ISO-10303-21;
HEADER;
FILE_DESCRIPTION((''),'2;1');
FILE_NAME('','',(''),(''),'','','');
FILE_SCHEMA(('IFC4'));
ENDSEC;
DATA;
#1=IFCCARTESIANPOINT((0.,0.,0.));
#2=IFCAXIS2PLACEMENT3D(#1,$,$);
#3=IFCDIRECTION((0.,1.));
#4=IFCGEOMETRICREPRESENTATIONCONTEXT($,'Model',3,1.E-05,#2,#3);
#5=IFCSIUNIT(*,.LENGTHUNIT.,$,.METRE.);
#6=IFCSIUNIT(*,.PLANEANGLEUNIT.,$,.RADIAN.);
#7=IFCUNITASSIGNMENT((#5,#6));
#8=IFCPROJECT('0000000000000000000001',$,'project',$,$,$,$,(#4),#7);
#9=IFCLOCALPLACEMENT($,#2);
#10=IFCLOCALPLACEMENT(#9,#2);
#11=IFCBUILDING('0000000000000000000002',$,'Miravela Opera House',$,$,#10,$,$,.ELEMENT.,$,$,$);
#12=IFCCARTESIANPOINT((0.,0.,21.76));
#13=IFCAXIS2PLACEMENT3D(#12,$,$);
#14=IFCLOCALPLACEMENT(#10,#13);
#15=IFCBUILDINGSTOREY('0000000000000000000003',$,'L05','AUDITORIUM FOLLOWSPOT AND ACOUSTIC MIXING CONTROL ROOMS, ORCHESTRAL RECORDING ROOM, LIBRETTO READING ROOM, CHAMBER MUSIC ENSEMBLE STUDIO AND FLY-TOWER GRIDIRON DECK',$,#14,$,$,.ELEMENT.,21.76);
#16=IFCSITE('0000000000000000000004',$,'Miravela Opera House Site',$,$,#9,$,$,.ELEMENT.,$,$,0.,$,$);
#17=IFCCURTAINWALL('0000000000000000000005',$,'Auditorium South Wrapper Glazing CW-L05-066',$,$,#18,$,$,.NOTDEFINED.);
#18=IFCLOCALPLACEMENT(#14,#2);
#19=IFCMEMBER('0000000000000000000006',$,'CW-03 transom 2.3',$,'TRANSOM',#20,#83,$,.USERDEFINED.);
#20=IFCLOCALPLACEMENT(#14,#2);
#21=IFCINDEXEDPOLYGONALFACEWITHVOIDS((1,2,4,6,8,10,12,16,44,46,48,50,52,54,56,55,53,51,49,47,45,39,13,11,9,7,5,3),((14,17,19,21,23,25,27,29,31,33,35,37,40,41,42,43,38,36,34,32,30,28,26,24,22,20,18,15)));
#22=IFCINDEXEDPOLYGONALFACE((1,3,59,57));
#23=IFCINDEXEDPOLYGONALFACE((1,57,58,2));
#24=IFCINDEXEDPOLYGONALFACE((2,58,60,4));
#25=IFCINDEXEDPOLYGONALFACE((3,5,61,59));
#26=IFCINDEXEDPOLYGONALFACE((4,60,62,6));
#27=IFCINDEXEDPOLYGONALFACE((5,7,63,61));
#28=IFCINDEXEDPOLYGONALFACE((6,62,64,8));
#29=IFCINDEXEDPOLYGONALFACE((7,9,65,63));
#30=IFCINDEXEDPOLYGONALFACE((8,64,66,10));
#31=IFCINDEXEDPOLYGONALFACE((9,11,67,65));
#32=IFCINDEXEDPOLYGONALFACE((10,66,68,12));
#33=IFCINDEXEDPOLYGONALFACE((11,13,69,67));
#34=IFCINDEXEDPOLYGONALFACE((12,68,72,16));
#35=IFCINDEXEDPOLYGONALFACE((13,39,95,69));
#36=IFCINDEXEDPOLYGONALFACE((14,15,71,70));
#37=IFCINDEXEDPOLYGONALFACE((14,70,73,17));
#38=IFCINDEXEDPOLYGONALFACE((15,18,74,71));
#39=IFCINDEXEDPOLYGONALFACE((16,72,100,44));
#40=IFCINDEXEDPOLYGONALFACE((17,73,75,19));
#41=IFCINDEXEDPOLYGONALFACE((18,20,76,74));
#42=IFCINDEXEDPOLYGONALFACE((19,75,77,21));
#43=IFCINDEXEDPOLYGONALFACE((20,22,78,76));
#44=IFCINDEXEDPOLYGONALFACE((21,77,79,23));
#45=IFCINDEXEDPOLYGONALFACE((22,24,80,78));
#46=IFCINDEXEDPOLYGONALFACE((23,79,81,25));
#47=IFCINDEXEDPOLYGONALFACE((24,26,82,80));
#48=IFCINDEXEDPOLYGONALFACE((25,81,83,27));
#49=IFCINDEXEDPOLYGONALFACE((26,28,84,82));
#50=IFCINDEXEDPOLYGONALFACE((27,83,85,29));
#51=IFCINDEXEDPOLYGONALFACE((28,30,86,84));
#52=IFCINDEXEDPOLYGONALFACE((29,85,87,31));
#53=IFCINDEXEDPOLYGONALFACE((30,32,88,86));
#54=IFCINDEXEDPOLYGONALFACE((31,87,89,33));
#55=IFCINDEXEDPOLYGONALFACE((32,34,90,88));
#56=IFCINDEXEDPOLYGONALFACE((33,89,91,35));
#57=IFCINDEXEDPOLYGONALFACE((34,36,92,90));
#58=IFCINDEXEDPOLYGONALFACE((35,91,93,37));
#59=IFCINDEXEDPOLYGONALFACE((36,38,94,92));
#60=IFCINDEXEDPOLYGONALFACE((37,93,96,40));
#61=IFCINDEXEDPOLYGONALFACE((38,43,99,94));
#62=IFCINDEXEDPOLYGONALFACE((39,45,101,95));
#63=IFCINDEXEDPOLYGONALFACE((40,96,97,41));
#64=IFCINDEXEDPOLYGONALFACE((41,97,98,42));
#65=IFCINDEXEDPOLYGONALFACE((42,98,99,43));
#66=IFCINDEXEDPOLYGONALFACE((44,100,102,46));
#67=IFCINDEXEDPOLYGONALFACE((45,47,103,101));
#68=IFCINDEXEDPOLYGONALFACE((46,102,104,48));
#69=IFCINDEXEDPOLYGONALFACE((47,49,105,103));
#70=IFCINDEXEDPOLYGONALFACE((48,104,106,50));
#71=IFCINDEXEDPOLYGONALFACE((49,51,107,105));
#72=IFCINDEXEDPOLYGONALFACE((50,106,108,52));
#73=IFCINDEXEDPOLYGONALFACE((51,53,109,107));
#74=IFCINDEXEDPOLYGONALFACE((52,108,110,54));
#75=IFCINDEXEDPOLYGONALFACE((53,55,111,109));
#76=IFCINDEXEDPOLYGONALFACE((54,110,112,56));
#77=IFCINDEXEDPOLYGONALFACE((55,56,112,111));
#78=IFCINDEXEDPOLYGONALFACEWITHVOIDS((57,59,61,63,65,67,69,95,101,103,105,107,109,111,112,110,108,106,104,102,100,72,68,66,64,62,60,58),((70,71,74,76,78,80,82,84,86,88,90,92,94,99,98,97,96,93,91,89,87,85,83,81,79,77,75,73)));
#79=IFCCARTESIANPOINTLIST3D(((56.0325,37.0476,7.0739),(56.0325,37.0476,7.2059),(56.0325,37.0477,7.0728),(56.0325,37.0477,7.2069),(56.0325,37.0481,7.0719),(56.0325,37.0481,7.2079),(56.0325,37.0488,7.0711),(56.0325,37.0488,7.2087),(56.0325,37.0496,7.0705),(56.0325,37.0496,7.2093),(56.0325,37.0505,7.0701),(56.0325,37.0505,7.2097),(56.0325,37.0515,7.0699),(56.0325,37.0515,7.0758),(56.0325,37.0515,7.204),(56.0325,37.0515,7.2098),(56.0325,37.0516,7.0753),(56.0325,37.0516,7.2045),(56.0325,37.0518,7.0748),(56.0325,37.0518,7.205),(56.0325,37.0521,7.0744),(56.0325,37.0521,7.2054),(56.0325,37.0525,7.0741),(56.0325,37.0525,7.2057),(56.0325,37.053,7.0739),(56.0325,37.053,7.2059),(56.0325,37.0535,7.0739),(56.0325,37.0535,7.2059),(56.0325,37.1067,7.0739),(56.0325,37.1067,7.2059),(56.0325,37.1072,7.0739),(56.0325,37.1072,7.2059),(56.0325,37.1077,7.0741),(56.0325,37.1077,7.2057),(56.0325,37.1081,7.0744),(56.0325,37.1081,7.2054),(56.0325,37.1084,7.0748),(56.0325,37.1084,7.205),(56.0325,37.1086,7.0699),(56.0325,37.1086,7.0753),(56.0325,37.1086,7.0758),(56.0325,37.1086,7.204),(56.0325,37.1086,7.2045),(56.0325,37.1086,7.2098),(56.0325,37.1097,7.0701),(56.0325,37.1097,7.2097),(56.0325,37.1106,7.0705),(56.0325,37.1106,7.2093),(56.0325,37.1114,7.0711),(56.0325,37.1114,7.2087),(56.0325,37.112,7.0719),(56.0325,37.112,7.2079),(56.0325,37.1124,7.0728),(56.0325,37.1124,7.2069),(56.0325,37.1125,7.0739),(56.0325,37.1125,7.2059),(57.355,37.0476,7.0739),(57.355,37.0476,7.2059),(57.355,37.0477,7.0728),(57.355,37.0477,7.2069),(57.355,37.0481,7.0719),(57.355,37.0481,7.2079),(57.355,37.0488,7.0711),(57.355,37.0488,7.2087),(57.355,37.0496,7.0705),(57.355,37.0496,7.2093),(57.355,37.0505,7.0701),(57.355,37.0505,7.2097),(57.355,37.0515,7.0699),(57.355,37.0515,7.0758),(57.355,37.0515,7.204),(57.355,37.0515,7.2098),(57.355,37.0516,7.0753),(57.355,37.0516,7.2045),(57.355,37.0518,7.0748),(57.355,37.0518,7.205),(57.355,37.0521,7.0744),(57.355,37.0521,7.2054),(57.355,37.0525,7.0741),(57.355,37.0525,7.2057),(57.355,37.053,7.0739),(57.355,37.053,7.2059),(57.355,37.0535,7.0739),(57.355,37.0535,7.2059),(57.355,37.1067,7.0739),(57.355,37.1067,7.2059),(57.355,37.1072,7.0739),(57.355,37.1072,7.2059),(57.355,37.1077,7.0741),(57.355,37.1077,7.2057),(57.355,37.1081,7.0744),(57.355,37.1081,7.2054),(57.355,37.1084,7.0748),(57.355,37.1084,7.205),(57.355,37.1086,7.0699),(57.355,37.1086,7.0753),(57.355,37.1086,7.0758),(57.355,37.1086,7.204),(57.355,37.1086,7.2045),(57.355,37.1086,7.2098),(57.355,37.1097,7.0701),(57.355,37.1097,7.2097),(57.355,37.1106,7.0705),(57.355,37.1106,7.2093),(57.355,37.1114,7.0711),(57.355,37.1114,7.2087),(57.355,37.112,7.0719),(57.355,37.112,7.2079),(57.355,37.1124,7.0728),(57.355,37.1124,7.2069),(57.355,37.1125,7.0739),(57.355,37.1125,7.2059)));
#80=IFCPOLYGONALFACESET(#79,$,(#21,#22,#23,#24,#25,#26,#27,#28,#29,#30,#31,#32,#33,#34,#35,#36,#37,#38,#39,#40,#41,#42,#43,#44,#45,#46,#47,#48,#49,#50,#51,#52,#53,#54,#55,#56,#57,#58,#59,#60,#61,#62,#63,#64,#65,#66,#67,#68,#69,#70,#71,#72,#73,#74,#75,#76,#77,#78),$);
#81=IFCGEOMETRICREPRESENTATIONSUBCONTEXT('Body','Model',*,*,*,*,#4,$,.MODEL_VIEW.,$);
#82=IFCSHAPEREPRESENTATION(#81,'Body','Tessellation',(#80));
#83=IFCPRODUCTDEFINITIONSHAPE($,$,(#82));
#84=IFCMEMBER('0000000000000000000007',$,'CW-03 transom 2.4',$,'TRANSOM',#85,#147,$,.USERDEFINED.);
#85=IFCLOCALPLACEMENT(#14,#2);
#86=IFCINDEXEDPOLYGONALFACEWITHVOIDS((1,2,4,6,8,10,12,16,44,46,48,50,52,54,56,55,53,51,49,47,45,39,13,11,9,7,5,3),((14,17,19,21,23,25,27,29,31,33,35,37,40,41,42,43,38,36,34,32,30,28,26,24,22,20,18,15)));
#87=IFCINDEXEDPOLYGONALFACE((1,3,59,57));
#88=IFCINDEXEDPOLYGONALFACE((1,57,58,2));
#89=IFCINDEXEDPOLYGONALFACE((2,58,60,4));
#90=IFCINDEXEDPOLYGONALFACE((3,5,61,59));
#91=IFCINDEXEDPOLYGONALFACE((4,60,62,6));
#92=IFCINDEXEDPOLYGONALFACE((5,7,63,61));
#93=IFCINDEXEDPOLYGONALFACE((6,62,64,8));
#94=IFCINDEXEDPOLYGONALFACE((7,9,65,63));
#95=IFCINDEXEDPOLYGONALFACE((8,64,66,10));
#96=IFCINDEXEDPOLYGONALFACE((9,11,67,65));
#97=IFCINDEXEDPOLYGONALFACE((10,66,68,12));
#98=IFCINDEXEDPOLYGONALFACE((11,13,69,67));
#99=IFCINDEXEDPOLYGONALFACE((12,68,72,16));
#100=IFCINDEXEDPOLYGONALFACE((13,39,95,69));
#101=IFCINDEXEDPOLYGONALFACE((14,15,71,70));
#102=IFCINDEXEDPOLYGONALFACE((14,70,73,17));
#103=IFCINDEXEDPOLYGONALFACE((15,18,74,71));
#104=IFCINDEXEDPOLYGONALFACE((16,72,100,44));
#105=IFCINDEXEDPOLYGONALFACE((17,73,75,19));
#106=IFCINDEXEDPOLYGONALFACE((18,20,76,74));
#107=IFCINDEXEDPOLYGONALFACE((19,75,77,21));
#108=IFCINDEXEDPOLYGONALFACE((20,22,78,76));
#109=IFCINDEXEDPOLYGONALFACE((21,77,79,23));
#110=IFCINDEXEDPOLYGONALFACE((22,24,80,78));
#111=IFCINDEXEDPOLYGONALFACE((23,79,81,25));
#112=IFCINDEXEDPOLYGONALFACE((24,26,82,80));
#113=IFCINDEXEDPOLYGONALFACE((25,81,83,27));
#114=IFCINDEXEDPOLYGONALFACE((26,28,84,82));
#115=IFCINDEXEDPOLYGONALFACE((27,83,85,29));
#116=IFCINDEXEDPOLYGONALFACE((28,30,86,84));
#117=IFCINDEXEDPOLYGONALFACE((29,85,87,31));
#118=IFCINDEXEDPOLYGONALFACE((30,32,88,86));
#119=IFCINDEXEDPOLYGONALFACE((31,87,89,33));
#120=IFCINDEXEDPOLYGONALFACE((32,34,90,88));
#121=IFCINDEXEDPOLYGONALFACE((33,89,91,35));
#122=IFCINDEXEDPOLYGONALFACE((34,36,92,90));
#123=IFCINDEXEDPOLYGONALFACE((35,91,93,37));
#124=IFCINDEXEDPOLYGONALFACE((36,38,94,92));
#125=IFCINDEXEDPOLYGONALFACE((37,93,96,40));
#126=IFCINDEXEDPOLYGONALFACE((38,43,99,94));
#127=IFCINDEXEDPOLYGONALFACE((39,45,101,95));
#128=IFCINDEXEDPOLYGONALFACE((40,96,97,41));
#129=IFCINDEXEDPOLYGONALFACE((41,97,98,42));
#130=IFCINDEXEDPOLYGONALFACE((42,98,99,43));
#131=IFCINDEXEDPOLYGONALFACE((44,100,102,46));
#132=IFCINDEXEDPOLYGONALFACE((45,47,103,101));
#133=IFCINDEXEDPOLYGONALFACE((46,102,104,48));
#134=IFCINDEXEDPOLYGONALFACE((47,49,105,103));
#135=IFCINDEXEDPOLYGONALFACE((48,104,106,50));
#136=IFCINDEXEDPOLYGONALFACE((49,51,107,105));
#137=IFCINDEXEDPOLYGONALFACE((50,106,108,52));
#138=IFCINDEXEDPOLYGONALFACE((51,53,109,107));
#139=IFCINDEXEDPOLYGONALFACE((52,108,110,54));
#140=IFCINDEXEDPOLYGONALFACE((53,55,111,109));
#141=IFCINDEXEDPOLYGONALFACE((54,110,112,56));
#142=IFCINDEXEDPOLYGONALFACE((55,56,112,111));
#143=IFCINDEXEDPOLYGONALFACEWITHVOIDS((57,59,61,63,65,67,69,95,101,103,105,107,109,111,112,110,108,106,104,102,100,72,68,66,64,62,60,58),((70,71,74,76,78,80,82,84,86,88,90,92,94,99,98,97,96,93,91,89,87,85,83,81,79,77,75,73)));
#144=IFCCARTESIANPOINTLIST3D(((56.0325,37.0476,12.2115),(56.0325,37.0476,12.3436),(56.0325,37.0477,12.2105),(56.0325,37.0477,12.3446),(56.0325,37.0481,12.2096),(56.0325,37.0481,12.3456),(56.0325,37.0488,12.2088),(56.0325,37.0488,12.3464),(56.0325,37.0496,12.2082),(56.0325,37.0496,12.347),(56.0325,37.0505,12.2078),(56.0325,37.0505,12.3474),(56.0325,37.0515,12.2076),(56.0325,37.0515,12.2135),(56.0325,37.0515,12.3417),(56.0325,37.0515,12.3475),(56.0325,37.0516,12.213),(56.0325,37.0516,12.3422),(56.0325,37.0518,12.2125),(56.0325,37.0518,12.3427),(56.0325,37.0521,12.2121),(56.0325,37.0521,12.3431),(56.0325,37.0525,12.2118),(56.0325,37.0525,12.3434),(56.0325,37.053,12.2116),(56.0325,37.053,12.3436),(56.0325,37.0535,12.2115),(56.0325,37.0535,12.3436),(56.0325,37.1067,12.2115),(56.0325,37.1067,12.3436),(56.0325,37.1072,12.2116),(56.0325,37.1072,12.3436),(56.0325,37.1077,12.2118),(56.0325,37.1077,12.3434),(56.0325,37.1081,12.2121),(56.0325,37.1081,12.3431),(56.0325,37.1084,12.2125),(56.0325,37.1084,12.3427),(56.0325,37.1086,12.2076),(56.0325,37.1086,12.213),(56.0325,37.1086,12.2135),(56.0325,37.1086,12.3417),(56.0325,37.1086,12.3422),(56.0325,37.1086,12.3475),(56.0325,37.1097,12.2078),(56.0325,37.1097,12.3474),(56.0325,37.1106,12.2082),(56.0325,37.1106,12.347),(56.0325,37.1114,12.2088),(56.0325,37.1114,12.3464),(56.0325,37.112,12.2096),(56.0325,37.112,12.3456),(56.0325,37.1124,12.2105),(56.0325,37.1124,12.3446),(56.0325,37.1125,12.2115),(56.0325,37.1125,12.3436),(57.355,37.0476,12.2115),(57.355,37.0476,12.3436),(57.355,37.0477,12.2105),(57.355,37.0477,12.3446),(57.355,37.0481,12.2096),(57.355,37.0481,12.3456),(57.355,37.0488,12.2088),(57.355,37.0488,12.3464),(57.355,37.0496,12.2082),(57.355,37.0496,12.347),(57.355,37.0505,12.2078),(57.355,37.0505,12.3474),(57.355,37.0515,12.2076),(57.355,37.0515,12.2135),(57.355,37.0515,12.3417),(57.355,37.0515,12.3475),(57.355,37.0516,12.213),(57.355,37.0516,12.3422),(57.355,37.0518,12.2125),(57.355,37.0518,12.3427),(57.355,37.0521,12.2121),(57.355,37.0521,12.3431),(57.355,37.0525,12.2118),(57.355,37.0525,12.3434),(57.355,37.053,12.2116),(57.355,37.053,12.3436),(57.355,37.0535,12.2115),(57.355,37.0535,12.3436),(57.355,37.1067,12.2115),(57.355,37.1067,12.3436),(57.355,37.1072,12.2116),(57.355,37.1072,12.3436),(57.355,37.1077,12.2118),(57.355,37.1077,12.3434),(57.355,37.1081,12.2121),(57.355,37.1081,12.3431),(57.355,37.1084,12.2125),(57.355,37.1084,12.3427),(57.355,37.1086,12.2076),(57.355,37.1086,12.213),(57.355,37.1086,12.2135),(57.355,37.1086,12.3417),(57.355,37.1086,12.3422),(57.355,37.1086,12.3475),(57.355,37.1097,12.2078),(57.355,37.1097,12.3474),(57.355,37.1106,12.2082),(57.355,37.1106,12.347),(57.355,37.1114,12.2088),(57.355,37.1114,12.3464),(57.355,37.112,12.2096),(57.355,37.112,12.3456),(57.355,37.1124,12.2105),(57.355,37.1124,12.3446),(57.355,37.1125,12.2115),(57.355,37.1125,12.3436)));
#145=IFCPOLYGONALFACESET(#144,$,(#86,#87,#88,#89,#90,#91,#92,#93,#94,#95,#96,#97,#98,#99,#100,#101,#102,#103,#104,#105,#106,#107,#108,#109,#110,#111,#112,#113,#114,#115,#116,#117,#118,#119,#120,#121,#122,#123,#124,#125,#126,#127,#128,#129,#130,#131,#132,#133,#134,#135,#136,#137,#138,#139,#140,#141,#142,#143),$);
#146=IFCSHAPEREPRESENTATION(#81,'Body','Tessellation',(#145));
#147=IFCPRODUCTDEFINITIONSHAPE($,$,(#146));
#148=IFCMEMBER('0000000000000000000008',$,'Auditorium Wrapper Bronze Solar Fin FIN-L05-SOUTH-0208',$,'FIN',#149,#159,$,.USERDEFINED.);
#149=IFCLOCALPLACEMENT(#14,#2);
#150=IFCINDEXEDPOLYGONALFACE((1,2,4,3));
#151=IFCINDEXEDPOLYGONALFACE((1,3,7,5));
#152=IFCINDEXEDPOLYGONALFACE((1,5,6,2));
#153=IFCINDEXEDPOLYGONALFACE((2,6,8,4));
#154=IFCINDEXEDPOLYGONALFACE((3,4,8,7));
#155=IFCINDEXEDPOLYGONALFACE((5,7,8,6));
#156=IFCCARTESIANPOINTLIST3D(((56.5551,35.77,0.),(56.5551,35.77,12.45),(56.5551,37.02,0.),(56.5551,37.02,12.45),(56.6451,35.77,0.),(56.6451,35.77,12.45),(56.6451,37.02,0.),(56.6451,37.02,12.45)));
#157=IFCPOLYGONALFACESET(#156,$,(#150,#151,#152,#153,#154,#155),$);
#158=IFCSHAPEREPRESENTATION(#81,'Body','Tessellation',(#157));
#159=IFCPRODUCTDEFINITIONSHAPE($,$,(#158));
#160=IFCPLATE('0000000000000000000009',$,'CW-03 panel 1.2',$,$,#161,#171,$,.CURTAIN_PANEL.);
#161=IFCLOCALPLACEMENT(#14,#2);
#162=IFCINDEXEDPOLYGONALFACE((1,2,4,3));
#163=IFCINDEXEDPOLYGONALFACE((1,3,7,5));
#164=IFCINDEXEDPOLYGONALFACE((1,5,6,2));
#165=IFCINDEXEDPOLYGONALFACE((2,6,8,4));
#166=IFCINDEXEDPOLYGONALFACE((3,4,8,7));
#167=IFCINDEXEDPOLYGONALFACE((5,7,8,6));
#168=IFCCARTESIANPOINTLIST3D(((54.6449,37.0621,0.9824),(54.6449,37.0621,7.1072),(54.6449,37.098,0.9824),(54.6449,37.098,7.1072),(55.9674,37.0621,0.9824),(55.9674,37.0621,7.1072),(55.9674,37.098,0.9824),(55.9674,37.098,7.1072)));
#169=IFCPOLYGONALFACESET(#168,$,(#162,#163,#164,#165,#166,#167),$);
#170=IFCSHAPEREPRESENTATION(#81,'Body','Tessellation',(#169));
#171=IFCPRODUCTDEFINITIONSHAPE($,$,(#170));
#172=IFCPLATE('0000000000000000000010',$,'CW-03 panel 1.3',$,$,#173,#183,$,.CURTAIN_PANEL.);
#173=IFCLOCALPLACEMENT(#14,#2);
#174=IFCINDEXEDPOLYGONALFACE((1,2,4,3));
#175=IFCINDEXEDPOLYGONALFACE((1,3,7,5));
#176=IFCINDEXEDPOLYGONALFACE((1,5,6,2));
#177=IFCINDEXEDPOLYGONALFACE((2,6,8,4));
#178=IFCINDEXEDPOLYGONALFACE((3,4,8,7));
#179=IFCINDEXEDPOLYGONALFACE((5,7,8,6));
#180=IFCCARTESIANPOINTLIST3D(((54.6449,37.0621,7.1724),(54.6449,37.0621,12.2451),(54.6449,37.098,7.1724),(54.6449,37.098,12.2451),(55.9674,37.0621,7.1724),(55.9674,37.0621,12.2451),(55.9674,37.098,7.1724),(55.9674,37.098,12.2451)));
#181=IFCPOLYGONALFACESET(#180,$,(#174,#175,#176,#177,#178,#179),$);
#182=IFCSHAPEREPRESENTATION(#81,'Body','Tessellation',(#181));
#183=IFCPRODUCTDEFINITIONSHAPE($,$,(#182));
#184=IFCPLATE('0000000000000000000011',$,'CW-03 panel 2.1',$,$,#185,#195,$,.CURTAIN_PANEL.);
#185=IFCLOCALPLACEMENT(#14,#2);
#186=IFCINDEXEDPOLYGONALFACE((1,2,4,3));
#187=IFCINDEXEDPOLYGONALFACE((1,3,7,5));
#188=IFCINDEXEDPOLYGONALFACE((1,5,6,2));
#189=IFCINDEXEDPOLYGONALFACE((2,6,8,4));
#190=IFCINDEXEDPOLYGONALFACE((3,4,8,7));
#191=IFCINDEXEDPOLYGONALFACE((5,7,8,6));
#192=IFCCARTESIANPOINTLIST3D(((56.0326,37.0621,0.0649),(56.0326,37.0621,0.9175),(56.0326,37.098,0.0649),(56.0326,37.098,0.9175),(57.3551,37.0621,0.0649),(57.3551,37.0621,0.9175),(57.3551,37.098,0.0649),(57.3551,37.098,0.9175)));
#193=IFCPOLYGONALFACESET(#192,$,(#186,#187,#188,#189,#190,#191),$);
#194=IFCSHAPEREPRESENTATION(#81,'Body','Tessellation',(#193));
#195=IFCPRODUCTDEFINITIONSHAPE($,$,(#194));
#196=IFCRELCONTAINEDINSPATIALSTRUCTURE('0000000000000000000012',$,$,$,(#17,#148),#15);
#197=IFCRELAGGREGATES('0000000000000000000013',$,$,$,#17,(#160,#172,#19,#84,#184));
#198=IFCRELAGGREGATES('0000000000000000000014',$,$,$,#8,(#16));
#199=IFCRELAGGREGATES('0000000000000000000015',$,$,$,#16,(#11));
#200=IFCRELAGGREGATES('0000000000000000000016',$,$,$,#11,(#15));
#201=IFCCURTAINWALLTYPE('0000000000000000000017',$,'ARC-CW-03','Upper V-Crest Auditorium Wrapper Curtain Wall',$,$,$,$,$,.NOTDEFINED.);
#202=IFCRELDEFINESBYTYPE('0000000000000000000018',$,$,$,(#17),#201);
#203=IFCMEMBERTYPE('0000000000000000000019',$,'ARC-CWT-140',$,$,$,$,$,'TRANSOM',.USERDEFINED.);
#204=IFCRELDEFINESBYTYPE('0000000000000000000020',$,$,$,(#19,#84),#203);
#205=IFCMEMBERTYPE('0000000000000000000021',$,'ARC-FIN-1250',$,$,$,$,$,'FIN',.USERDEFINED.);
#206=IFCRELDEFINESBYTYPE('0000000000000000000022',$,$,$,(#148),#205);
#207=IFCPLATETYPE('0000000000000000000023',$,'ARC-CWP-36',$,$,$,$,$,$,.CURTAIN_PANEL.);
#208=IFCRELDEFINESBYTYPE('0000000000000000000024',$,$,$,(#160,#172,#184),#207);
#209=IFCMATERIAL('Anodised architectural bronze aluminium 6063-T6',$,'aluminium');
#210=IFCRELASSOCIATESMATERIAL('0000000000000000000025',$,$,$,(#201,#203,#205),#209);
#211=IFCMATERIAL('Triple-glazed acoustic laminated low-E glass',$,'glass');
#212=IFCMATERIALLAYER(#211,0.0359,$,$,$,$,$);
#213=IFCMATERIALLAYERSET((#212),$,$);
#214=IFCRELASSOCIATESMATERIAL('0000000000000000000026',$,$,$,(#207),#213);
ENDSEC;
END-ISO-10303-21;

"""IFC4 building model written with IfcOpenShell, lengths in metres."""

from ifc_helpers import new_model, si_unit, direction, frame, origin, origin_2d, place, context, subcontext, project, spatial, rectangle, hollow_rectangle, extrude, material, layer, layer_set, material_profile, profile_set, type_object, element, aggregate, save


model = new_model("IFC4")

# Units and contexts
model_context = context("Model", 3, precision=1e-05, world=origin(), true_north=direction((0.0, 1.0)))
body_context = subcontext(model_context, "Body", "Model", "MODEL_VIEW")
ifc_project = project(units=[si_unit("LENGTHUNIT", "METRE"), si_unit("PLANEANGLEUNIT", "RADIAN")], contexts=[model_context])

# Site, building, storey
site_placement = place(None, origin())
site = spatial("IfcSite", under=ifc_project, at=site_placement, Name="Miravela Opera House Site", CompositionType="ELEMENT", RefElevation=0.0)
building_placement = place(site_placement, origin())
building = spatial("IfcBuilding", under=site, at=building_placement, Name="Miravela Opera House", CompositionType="ELEMENT")
storey_placement = place(building_placement, frame((0.0, 0.0, 21.76)))
storey = spatial("IfcBuildingStorey", under=building, at=storey_placement, Name="L05", Description="AUDITORIUM FOLLOWSPOT AND ACOUSTIC MIXING CONTROL ROOMS, ORCHESTRAL RECORDING ROOM, LIBRETTO READING ROOM, CHAMBER MUSIC ENSEMBLE STUDIO AND FLY-TOWER GRIDIRON DECK", CompositionType="ELEMENT", Elevation=21.76)

# Curtain wall, members
ifc_material_1 = material(Name="Anodised architectural bronze aluminium 6063-T6", Category="aluminium")
curtain_wall_type = type_object("IfcCurtainWallType", Name="ARC-CW-03", Description="Upper V-Crest Auditorium Wrapper Curtain Wall", PredefinedType="NOTDEFINED", material=ifc_material_1)
curtain_wall_placement = place(storey_placement, origin())
curtain_wall = element("IfcCurtainWall", 1, at=curtain_wall_placement, inside=storey, type_object=curtain_wall_type, Name="Auditorium South Wrapper Glazing CW-L05-066", PredefinedType="NOTDEFINED")
ifc_material_profile_1 = material_profile(ifc_material_1, hollow_rectangle(XDim=0.0649, YDim=0.1399, WallThickness=0.0039, InnerFilletRadius=0.002, OuterFilletRadius=0.0039, at=origin_2d()), Name="CWT-65X140")
ifc_profile_set_1 = profile_set([ifc_material_profile_1])
member_type_1 = type_object("IfcMemberType", Name="ARC-CWT-140", ElementType="TRANSOM", PredefinedType="USERDEFINED", material=ifc_profile_set_1)
member_1_placement = place(storey_placement, frame((56.0325, 37.0801, 7.1399), z_axis=(1.0, 0.0, 0.0), x_axis=(0.0, 1.0, 0.0)))
member_1 = element("IfcMember", 2, at=member_1_placement, type_object=member_type_1, Name="CW-03 transom 2.3", ObjectType="TRANSOM", PredefinedType="USERDEFINED", context=body_context, shape_type="SweptSolid", body=[
    extrude(hollow_rectangle(XDim=0.0649, YDim=0.1399, WallThickness=0.0039, InnerFilletRadius=0.002, OuterFilletRadius=0.0039, at=origin_2d()), origin(), (0.0, 0.0, 1.0), 1.3225),
])
member_2_placement = place(storey_placement, frame((56.0325, 37.0801, 12.2776), z_axis=(1.0, 0.0, 0.0), x_axis=(0.0, 1.0, 0.0)))
member_2 = element("IfcMember", 3, at=member_2_placement, type_object=member_type_1, Name="CW-03 transom 2.4", ObjectType="TRANSOM", PredefinedType="USERDEFINED", context=body_context, shape_type="SweptSolid", body=[
    extrude(hollow_rectangle(XDim=0.0649, YDim=0.1399, WallThickness=0.0039, InnerFilletRadius=0.002, OuterFilletRadius=0.0039, at=origin_2d()), origin(), (0.0, 0.0, 1.0), 1.3225),
])

# Member
ifc_material_profile_2 = material_profile(ifc_material_1, rectangle(XDim=0.0901, YDim=1.25, at=origin_2d()), Name="FIN-1250X90")
ifc_profile_set_2 = profile_set([ifc_material_profile_2])
member_type_2 = type_object("IfcMemberType", Name="ARC-FIN-1250", ElementType="FIN", PredefinedType="USERDEFINED", material=ifc_profile_set_2)
member_3_placement = place(storey_placement, frame((56.6001, 36.395, 0.0), z_axis=(0.0, 0.0, 1.0), x_axis=(1.0, 0.0, 0.0)))
element("IfcMember", 4, at=member_3_placement, inside=storey, type_object=member_type_2, Name="Auditorium Wrapper Bronze Solar Fin FIN-L05-SOUTH-0208", ObjectType="FIN", PredefinedType="USERDEFINED", context=body_context, shape_type="SweptSolid", body=[
    extrude(rectangle(XDim=0.0901, YDim=1.25, at=origin_2d()), origin(), (0.0, 0.0, 1.0), 12.45),
])

# Plates
ifc_material_2 = material(Name="Triple-glazed acoustic laminated low-E glass", Category="glass")
ifc_layer_1 = layer(ifc_material_2, 0.0359)
ifc_layer_set_1 = layer_set([ifc_layer_1])
plate_type_1 = type_object("IfcPlateType", Name="ARC-CWP-36", PredefinedType="CURTAIN_PANEL", material=ifc_layer_set_1)
plate_1_placement = place(storey_placement, frame((55.3062, 37.0801, 0.9824), z_axis=(0.0, 0.0, 1.0), x_axis=(1.0, 0.0, 0.0)))
plate_1 = element("IfcPlate", 5, at=plate_1_placement, type_object=plate_type_1, Name="CW-03 panel 1.2", PredefinedType="CURTAIN_PANEL", context=body_context, shape_type="SweptSolid", body=[
    extrude(rectangle(XDim=1.3225, YDim=0.0359, at=origin_2d()), origin(), (0.0, 0.0, 1.0), 6.1248),
])
plate_2_placement = place(storey_placement, frame((55.3062, 37.0801, 7.1724), z_axis=(0.0, 0.0, 1.0), x_axis=(1.0, 0.0, 0.0)))
plate_2 = element("IfcPlate", 6, at=plate_2_placement, type_object=plate_type_1, Name="CW-03 panel 1.3", PredefinedType="CURTAIN_PANEL", context=body_context, shape_type="SweptSolid", body=[
    extrude(rectangle(XDim=1.3225, YDim=0.0359, at=origin_2d()), origin(), (0.0, 0.0, 1.0), 5.0728),
])
plate_3_placement = place(storey_placement, frame((56.6938, 37.0801, 0.0649), z_axis=(0.0, 0.0, 1.0), x_axis=(1.0, 0.0, 0.0)))
plate_3 = element("IfcPlate", 7, at=plate_3_placement, type_object=plate_type_1, Name="CW-03 panel 2.1", PredefinedType="CURTAIN_PANEL", context=body_context, shape_type="SweptSolid", body=[
    extrude(rectangle(XDim=1.3225, YDim=0.0359, at=origin_2d()), origin(), (0.0, 0.0, 1.0), 0.8525),
])
aggregate(curtain_wall, [plate_1, plate_2, member_1, member_2, plate_3])

save(model, "model.ifc")
